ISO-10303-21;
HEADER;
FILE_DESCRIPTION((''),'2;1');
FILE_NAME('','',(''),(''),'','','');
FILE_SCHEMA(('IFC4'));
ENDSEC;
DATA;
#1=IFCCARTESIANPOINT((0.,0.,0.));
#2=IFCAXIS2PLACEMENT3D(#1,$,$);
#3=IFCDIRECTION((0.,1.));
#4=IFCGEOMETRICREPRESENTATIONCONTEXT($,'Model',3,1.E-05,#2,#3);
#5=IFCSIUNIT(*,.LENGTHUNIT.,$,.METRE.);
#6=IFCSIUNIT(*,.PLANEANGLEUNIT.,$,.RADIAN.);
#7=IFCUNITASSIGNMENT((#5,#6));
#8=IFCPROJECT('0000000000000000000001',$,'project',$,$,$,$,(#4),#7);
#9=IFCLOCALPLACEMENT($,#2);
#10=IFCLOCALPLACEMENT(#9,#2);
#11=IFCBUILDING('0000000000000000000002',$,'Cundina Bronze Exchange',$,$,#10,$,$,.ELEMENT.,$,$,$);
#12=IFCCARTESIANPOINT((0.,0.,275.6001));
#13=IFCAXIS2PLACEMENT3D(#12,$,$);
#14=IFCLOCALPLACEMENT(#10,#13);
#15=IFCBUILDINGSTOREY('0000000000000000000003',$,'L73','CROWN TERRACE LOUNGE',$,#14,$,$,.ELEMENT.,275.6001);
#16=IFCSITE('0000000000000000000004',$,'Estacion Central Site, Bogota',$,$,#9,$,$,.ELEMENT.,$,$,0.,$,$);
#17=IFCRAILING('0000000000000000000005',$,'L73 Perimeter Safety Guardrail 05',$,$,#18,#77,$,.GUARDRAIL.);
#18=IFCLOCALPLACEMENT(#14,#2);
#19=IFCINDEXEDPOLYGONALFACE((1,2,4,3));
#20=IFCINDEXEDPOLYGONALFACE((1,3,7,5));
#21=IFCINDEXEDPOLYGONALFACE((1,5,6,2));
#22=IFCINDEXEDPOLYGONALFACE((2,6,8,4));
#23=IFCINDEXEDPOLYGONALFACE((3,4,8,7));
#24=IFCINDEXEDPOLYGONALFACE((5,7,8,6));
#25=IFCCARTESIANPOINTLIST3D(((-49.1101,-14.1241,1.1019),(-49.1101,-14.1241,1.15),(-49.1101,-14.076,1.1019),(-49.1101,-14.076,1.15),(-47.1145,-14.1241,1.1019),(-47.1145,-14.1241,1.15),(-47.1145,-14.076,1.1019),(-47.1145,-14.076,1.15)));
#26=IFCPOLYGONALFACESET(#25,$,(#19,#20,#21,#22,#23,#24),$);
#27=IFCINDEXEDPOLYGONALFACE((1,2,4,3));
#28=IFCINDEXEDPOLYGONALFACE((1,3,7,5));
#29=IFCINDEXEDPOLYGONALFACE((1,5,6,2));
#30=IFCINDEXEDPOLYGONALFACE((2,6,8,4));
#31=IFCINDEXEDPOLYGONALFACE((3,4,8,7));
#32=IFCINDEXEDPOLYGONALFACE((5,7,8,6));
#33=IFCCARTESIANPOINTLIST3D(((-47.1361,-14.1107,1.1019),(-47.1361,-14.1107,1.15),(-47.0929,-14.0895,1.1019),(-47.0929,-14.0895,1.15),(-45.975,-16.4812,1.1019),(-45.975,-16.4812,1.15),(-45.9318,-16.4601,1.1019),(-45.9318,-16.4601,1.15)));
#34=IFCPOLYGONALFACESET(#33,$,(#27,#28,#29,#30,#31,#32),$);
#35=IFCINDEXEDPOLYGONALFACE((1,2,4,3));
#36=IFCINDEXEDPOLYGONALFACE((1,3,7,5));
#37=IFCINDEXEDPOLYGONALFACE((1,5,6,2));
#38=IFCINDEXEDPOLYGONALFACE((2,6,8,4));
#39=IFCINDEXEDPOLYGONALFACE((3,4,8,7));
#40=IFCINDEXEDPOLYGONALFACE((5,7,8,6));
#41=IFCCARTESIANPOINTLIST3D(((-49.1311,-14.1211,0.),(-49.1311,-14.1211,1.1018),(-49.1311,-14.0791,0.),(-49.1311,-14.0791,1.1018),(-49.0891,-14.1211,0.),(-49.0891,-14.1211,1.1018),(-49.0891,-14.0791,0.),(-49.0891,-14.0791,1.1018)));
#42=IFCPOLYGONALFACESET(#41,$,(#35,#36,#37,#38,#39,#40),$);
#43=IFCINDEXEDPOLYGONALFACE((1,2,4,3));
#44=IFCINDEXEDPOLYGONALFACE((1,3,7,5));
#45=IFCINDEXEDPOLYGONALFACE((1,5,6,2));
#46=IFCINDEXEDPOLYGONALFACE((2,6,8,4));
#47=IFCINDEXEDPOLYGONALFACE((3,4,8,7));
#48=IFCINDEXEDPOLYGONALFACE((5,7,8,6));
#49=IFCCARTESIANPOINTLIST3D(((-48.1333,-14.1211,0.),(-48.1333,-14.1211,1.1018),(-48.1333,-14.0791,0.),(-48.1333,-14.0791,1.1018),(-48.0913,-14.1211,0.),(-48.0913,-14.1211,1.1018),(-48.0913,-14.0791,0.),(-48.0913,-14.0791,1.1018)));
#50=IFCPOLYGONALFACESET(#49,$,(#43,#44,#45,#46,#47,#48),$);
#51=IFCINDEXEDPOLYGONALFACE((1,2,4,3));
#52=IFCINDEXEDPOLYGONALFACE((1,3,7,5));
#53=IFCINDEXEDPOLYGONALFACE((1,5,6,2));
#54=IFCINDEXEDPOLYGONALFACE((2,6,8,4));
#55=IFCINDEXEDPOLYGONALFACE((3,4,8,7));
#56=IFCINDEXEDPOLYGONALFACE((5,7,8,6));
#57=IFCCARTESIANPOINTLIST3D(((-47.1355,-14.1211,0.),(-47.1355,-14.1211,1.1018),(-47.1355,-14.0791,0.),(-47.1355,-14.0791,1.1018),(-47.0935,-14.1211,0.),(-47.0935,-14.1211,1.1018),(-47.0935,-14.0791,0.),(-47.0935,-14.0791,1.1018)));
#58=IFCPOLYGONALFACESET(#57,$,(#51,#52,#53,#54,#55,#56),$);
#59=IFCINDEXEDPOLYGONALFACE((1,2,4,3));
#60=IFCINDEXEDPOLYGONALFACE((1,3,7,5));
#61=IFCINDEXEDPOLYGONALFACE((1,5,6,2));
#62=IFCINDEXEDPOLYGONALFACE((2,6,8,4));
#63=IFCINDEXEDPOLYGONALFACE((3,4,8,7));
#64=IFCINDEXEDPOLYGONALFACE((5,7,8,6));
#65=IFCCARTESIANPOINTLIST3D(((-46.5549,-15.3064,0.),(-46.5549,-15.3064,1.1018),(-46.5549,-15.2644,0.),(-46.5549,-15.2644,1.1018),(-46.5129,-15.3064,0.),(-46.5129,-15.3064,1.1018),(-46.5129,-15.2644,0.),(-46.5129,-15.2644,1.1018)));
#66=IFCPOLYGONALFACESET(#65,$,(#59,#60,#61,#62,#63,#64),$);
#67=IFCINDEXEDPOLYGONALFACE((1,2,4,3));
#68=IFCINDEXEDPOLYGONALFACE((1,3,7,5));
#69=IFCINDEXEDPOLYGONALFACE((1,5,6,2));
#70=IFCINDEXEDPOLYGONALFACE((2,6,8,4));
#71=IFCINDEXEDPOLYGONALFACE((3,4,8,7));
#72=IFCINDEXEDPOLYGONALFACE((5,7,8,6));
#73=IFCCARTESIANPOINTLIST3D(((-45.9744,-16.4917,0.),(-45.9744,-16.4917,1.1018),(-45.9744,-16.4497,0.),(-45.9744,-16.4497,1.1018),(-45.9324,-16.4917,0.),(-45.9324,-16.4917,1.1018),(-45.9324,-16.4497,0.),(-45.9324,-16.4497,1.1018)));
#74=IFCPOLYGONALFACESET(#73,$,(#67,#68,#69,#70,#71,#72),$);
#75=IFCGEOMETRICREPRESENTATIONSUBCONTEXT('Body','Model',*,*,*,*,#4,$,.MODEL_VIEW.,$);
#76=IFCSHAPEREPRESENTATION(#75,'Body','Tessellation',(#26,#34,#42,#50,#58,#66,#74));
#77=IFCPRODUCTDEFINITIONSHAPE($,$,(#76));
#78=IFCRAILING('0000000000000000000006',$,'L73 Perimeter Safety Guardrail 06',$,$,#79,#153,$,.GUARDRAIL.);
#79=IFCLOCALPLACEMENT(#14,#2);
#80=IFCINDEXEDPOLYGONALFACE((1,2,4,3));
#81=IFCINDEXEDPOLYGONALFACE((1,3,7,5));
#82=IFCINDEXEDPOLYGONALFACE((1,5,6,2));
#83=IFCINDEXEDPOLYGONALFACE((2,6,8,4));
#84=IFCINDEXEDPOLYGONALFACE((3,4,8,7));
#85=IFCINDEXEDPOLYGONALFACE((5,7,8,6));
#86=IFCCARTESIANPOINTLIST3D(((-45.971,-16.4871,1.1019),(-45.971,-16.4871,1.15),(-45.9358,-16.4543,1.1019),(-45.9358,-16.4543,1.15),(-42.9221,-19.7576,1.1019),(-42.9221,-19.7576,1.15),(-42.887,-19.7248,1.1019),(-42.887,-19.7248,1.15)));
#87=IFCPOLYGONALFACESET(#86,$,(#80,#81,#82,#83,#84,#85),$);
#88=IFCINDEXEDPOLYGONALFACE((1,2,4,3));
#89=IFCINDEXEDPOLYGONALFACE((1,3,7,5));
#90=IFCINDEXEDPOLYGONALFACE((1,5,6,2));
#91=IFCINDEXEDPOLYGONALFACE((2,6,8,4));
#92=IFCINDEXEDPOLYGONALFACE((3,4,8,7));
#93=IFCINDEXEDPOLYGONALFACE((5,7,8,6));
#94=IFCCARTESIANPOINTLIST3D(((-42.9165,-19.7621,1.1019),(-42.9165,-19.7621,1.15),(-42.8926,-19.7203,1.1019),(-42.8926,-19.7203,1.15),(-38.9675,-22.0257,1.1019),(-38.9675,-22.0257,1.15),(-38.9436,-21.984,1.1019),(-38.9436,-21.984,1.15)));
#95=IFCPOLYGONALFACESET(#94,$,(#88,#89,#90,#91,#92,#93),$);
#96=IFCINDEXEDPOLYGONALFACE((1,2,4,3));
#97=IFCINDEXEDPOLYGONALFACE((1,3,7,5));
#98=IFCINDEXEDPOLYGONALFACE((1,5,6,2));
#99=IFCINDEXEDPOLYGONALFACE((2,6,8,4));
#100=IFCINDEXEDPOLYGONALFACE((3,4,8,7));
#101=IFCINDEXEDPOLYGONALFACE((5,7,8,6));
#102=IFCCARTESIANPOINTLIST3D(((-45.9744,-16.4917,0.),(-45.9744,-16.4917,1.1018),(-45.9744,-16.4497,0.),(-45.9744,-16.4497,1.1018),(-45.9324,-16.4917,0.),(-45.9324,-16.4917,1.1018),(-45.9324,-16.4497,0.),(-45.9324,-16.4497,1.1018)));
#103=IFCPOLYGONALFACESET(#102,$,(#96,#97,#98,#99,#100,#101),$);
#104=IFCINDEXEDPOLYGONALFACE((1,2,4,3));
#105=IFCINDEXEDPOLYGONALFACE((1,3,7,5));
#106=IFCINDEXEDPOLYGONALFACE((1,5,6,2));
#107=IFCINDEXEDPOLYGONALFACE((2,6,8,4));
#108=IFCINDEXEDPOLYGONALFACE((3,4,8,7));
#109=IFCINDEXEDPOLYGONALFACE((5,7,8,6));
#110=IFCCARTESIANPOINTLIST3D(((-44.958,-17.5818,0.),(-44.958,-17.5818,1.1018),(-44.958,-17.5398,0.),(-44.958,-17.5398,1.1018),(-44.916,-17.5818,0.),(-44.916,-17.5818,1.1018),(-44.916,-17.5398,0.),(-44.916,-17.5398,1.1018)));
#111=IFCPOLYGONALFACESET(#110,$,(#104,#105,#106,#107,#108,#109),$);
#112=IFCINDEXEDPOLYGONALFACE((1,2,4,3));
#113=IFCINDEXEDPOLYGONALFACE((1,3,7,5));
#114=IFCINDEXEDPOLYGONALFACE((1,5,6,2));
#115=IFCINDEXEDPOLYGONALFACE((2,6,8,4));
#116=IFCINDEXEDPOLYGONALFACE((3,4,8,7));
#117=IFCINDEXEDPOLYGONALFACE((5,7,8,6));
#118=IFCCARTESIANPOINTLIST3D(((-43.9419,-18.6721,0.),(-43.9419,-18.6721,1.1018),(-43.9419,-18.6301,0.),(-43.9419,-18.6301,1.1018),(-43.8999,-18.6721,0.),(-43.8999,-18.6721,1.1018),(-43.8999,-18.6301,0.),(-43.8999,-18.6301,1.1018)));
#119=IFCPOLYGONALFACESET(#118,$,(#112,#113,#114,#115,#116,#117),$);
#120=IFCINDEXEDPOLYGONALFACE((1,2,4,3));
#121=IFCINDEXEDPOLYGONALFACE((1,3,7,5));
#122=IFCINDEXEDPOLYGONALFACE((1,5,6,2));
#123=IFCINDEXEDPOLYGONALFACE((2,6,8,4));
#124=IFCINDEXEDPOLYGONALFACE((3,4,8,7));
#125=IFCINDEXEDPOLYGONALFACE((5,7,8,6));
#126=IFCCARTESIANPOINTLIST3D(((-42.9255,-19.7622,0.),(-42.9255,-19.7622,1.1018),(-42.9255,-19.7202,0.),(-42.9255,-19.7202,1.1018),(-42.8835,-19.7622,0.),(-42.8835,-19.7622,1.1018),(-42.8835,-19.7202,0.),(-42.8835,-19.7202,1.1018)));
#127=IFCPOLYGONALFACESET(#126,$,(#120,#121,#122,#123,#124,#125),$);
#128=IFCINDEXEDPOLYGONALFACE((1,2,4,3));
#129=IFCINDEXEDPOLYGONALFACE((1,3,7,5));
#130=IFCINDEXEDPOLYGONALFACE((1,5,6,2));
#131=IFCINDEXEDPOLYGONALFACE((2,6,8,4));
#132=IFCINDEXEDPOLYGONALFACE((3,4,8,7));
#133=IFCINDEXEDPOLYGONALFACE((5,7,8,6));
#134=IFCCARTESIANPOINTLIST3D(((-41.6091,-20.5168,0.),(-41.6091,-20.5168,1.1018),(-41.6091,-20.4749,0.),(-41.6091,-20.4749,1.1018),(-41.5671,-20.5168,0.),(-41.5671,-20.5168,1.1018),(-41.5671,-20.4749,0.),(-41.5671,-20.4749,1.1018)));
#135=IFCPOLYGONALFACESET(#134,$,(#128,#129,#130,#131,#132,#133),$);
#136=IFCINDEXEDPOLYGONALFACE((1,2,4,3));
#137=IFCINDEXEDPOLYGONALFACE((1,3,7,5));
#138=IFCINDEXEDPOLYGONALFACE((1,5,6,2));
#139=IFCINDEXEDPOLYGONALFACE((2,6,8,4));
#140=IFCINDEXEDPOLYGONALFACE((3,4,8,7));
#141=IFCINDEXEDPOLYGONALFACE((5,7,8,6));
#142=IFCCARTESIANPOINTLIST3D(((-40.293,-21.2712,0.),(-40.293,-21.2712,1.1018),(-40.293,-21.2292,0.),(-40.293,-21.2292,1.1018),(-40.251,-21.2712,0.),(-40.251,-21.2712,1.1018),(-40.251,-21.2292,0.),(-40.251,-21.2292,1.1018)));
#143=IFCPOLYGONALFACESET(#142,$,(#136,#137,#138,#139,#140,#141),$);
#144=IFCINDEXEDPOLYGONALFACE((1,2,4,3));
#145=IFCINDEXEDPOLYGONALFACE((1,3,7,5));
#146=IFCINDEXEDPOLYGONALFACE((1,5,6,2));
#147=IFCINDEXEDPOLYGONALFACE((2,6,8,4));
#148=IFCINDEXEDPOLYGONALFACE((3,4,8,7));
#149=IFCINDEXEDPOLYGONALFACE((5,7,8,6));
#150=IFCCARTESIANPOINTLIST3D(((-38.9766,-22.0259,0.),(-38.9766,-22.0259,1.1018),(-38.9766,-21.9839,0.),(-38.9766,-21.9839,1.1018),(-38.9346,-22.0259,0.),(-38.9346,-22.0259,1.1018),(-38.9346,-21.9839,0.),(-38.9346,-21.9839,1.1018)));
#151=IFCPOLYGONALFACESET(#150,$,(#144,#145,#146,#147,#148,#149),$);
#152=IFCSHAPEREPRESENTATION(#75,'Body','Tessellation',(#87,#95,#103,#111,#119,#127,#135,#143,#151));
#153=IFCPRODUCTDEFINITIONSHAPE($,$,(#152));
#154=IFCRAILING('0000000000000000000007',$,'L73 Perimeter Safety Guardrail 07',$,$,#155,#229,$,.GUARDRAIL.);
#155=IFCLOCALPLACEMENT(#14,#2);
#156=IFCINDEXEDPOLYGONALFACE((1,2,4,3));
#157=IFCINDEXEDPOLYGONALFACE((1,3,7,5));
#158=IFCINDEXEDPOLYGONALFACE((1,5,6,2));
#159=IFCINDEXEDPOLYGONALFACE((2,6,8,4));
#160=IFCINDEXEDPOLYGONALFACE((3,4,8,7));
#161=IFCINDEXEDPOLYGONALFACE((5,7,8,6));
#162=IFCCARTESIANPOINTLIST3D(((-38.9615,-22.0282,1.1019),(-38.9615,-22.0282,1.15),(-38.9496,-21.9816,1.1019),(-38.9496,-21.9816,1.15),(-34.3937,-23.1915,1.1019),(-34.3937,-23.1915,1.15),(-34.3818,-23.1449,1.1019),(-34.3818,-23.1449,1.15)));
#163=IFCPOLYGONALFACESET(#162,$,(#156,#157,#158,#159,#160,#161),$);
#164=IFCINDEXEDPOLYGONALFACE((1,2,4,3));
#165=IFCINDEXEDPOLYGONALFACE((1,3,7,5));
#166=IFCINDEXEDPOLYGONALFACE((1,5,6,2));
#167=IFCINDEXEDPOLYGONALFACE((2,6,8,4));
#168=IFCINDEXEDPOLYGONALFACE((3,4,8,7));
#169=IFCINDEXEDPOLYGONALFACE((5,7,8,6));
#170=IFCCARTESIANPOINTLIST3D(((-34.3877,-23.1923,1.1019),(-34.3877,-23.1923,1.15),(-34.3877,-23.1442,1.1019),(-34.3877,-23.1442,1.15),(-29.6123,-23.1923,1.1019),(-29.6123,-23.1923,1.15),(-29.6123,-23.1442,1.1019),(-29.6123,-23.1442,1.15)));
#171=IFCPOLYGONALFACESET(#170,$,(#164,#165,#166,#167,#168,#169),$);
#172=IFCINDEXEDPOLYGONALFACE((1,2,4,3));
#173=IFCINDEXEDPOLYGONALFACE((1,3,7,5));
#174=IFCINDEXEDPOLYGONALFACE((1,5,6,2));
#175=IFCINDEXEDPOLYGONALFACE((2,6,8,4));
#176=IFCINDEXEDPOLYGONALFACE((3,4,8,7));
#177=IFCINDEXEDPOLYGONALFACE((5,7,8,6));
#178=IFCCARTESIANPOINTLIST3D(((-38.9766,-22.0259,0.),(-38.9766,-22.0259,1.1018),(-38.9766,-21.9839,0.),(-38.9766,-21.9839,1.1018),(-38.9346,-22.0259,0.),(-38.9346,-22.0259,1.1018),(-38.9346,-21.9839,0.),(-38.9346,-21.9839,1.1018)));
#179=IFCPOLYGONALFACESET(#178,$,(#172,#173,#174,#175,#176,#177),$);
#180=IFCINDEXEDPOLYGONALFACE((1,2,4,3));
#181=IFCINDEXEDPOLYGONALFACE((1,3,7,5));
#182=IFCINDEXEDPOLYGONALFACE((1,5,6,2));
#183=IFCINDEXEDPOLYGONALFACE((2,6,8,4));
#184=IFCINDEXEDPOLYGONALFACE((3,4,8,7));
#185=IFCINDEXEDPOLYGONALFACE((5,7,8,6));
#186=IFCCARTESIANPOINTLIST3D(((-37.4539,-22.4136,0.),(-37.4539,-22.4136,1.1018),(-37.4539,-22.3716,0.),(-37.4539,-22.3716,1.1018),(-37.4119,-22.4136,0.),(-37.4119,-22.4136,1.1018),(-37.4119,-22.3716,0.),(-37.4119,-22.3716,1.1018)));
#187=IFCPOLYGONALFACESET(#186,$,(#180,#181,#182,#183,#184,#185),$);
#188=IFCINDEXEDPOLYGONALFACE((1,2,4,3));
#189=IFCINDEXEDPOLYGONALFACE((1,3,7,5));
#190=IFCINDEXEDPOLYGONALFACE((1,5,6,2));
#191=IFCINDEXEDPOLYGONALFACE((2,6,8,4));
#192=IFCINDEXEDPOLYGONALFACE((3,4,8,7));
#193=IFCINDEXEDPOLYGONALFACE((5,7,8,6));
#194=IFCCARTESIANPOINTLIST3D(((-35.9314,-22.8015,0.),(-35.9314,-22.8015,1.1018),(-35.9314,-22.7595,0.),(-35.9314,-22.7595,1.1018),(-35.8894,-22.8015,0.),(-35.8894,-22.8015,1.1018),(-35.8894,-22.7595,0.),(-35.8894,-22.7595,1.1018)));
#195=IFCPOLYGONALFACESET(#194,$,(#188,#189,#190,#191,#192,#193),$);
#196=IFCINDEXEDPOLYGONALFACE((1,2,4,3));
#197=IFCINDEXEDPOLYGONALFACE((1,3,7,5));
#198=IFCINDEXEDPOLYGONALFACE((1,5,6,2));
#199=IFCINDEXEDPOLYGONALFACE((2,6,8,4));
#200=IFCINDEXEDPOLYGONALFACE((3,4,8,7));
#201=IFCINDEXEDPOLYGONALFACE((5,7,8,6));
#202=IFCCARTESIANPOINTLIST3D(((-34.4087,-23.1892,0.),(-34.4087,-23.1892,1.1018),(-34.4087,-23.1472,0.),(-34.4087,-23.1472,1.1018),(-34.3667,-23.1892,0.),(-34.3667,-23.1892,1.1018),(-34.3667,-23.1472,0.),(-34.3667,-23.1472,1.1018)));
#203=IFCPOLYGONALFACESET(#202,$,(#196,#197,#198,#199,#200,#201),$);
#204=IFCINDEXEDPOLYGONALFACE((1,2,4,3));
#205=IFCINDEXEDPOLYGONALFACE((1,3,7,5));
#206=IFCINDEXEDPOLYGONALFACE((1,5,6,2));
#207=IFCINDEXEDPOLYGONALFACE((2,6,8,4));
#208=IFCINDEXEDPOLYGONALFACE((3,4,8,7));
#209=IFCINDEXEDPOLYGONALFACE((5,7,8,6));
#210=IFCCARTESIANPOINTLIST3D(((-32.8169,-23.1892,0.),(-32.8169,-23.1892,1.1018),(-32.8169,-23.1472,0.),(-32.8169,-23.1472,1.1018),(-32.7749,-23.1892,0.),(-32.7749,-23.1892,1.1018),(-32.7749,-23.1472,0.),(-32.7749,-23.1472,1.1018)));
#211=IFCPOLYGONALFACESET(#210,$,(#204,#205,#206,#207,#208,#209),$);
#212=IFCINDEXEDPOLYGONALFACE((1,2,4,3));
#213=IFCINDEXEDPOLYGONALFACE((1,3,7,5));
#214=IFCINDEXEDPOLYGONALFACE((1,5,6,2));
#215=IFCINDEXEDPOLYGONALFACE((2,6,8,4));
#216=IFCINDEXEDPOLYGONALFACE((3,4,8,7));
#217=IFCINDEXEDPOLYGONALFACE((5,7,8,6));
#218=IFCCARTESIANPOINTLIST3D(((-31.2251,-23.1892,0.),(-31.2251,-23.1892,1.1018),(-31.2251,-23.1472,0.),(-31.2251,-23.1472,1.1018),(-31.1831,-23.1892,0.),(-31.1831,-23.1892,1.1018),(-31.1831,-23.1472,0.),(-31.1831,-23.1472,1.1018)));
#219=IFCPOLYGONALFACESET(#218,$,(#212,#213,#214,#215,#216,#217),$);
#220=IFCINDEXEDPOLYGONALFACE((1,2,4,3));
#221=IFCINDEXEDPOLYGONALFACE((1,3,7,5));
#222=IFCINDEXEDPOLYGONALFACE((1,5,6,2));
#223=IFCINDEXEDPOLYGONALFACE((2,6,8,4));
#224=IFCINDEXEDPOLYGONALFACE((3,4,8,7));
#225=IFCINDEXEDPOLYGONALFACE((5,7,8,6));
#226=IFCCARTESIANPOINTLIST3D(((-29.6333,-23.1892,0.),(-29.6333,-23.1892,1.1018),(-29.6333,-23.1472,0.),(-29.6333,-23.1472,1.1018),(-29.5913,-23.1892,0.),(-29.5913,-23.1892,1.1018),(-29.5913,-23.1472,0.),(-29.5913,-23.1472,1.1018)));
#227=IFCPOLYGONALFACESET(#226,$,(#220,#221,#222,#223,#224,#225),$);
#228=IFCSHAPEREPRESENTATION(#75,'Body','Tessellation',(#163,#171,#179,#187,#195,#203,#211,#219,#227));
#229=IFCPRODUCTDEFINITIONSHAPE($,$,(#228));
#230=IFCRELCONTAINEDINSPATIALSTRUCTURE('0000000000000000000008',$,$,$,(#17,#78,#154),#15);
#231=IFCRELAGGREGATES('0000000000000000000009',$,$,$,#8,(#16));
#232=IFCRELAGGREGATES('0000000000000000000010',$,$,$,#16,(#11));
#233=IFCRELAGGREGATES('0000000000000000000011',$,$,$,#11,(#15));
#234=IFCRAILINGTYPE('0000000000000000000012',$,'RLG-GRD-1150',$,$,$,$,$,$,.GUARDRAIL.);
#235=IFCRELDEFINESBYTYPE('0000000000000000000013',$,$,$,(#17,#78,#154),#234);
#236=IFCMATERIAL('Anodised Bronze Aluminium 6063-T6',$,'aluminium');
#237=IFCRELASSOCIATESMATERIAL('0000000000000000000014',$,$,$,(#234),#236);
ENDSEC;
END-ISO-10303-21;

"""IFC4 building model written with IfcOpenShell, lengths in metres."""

from ifc_helpers import new_model, si_unit, direction, frame, origin, origin_2d, place, context, subcontext, project, spatial, rectangle, extrude, material, type_object, element, save


model = new_model("IFC4")

# Units and contexts
model_context = context("Model", 3, precision=1e-05, world=origin(), true_north=direction((0.0, 1.0)))
body_context = subcontext(model_context, "Body", "Model", "MODEL_VIEW")
ifc_project = project(units=[si_unit("LENGTHUNIT", "METRE"), si_unit("PLANEANGLEUNIT", "RADIAN")], contexts=[model_context])

# Site, building, storey
site_placement = place(None, origin())
site = spatial("IfcSite", under=ifc_project, at=site_placement, Name="Estacion Central Site, Bogota", CompositionType="ELEMENT", RefElevation=0.0)
building_placement = place(site_placement, origin())
building = spatial("IfcBuilding", under=site, at=building_placement, Name="Cundina Bronze Exchange", CompositionType="ELEMENT")
storey_placement = place(building_placement, frame((0.0, 0.0, 275.6001)))
storey = spatial("IfcBuildingStorey", under=building, at=storey_placement, Name="L73", Description="CROWN TERRACE LOUNGE", CompositionType="ELEMENT", Elevation=275.6001)

# Shared definitions
ifc_material_1 = material(Name="Anodised Bronze Aluminium 6063-T6", Category="aluminium")

# Railings
railing_type = type_object("IfcRailingType", Name="RLG-GRD-1150", PredefinedType="GUARDRAIL", material=ifc_material_1)
railing_1_placement = place(storey_placement, frame((-49.1101, -14.1001, 0.0)))
element("IfcRailing", 1, at=railing_1_placement, inside=storey, type_object=railing_type, Name="L73 Perimeter Safety Guardrail 05", PredefinedType="GUARDRAIL", context=body_context, shape_type="SweptSolid", body=[
    extrude(rectangle(XDim=0.0481, YDim=0.0481, at=origin_2d()), frame((0.0, 0.0, 1.126), z_axis=(1.0, 0.0, 0.0), x_axis=(0.0, 1.0, 0.0)), (0.0, 0.0, 1.0), 1.9956),
    extrude(rectangle(XDim=0.0481, YDim=0.0481, at=origin_2d()), frame((1.9956, 0.0, 1.126), z_axis=(0.439874, -0.89806, 0.0), x_axis=(0.89806, 0.439874, 0.0)), (0.0, 0.0, 1.0), 2.6396),
    extrude(rectangle(XDim=0.042, YDim=0.042, at=origin_2d()), origin(), (0.0, 0.0, 1.0), 1.1018),
    extrude(rectangle(XDim=0.042, YDim=0.042, at=origin_2d()), frame((0.9978, 0.0, 0.0)), (0.0, 0.0, 1.0), 1.1018),
    extrude(rectangle(XDim=0.042, YDim=0.042, at=origin_2d()), frame((1.9956, 0.0, 0.0)), (0.0, 0.0, 1.0), 1.1018),
    extrude(rectangle(XDim=0.042, YDim=0.042, at=origin_2d()), frame((2.5762, -1.1853, 0.0)), (0.0, 0.0, 1.0), 1.1018),
    extrude(rectangle(XDim=0.042, YDim=0.042, at=origin_2d()), frame((3.1567, -2.3706, 0.0)), (0.0, 0.0, 1.0), 1.1018),
])
railing_2_placement = place(storey_placement, frame((-45.9534, -16.4707, 0.0)))
element("IfcRailing", 2, at=railing_2_placement, inside=storey, type_object=railing_type, Name="L73 Perimeter Safety Guardrail 06", PredefinedType="GUARDRAIL", context=body_context, shape_type="SweptSolid", body=[
    extrude(rectangle(XDim=0.0481, YDim=0.0481, at=origin_2d()), frame((0.0, 0.0, 1.126), z_axis=(0.681882, -0.731462, 0.0), x_axis=(0.731462, 0.681882, 0.0)), (0.0, 0.0, 1.0), 4.4712),
    extrude(rectangle(XDim=0.0481, YDim=0.0481, at=origin_2d()), frame((3.0488, -3.2705, 1.126), z_axis=(0.867569, -0.497317, 0.0), x_axis=(0.497317, 0.867569, 0.0)), (0.0, 0.0, 1.0), 4.5518),
    extrude(rectangle(XDim=0.042, YDim=0.042, at=origin_2d()), origin(), (0.0, 0.0, 1.0), 1.1018),
    extrude(rectangle(XDim=0.042, YDim=0.042, at=origin_2d()), frame((1.0164, -1.0901, 0.0)), (0.0, 0.0, 1.0), 1.1018),
    extrude(rectangle(XDim=0.042, YDim=0.042, at=origin_2d()), frame((2.0325, -2.1804, 0.0)), (0.0, 0.0, 1.0), 1.1018),
    extrude(rectangle(XDim=0.042, YDim=0.042, at=origin_2d()), frame((3.0488, -3.2705, 0.0)), (0.0, 0.0, 1.0), 1.1018),
    extrude(rectangle(XDim=0.042, YDim=0.042, at=origin_2d()), frame((4.3652, -4.0251, 0.0)), (0.0, 0.0, 1.0), 1.1018),
    extrude(rectangle(XDim=0.042, YDim=0.042, at=origin_2d()), frame((5.6814, -4.7795, 0.0)), (0.0, 0.0, 1.0), 1.1018),
    extrude(rectangle(XDim=0.042, YDim=0.042, at=origin_2d()), frame((6.9978, -5.5342, 0.0)), (0.0, 0.0, 1.0), 1.1018),
])
railing_3_placement = place(storey_placement, frame((-38.9556, -22.0049, 0.0)))
element("IfcRailing", 3, at=railing_3_placement, inside=storey, type_object=railing_type, Name="L73 Perimeter Safety Guardrail 07", PredefinedType="GUARDRAIL", context=body_context, shape_type="SweptSolid", body=[
    extrude(rectangle(XDim=0.0481, YDim=0.0481, at=origin_2d()), frame((0.0, 0.0, 1.126), z_axis=(0.969067, -0.246799, 0.0), x_axis=(0.246799, 0.969067, 0.0)), (0.0, 0.0, 1.0), 4.7136),
    extrude(rectangle(XDim=0.0481, YDim=0.0481, at=origin_2d()), frame((4.5679, -1.1633, 1.126), z_axis=(1.0, 0.0, 0.0), x_axis=(0.0, 1.0, 0.0)), (0.0, 0.0, 1.0), 4.7754),
    extrude(rectangle(XDim=0.042, YDim=0.042, at=origin_2d()), origin(), (0.0, 0.0, 1.0), 1.1018),
    extrude(rectangle(XDim=0.042, YDim=0.042, at=origin_2d()), frame((1.5227, -0.3877, 0.0)), (0.0, 0.0, 1.0), 1.1018),
    extrude(rectangle(XDim=0.042, YDim=0.042, at=origin_2d()), frame((3.0452, -0.7756, 0.0)), (0.0, 0.0, 1.0), 1.1018),
    extrude(rectangle(XDim=0.042, YDim=0.042, at=origin_2d()), frame((4.5679, -1.1633, 0.0)), (0.0, 0.0, 1.0), 1.1018),
    extrude(rectangle(XDim=0.042, YDim=0.042, at=origin_2d()), frame((6.1597, -1.1633, 0.0)), (0.0, 0.0, 1.0), 1.1018),
    extrude(rectangle(XDim=0.042, YDim=0.042, at=origin_2d()), frame((7.7515, -1.1633, 0.0)), (0.0, 0.0, 1.0), 1.1018),
    extrude(rectangle(XDim=0.042, YDim=0.042, at=origin_2d()), frame((9.3433, -1.1633, 0.0)), (0.0, 0.0, 1.0), 1.1018),
])

save(model, "model.ifc")
